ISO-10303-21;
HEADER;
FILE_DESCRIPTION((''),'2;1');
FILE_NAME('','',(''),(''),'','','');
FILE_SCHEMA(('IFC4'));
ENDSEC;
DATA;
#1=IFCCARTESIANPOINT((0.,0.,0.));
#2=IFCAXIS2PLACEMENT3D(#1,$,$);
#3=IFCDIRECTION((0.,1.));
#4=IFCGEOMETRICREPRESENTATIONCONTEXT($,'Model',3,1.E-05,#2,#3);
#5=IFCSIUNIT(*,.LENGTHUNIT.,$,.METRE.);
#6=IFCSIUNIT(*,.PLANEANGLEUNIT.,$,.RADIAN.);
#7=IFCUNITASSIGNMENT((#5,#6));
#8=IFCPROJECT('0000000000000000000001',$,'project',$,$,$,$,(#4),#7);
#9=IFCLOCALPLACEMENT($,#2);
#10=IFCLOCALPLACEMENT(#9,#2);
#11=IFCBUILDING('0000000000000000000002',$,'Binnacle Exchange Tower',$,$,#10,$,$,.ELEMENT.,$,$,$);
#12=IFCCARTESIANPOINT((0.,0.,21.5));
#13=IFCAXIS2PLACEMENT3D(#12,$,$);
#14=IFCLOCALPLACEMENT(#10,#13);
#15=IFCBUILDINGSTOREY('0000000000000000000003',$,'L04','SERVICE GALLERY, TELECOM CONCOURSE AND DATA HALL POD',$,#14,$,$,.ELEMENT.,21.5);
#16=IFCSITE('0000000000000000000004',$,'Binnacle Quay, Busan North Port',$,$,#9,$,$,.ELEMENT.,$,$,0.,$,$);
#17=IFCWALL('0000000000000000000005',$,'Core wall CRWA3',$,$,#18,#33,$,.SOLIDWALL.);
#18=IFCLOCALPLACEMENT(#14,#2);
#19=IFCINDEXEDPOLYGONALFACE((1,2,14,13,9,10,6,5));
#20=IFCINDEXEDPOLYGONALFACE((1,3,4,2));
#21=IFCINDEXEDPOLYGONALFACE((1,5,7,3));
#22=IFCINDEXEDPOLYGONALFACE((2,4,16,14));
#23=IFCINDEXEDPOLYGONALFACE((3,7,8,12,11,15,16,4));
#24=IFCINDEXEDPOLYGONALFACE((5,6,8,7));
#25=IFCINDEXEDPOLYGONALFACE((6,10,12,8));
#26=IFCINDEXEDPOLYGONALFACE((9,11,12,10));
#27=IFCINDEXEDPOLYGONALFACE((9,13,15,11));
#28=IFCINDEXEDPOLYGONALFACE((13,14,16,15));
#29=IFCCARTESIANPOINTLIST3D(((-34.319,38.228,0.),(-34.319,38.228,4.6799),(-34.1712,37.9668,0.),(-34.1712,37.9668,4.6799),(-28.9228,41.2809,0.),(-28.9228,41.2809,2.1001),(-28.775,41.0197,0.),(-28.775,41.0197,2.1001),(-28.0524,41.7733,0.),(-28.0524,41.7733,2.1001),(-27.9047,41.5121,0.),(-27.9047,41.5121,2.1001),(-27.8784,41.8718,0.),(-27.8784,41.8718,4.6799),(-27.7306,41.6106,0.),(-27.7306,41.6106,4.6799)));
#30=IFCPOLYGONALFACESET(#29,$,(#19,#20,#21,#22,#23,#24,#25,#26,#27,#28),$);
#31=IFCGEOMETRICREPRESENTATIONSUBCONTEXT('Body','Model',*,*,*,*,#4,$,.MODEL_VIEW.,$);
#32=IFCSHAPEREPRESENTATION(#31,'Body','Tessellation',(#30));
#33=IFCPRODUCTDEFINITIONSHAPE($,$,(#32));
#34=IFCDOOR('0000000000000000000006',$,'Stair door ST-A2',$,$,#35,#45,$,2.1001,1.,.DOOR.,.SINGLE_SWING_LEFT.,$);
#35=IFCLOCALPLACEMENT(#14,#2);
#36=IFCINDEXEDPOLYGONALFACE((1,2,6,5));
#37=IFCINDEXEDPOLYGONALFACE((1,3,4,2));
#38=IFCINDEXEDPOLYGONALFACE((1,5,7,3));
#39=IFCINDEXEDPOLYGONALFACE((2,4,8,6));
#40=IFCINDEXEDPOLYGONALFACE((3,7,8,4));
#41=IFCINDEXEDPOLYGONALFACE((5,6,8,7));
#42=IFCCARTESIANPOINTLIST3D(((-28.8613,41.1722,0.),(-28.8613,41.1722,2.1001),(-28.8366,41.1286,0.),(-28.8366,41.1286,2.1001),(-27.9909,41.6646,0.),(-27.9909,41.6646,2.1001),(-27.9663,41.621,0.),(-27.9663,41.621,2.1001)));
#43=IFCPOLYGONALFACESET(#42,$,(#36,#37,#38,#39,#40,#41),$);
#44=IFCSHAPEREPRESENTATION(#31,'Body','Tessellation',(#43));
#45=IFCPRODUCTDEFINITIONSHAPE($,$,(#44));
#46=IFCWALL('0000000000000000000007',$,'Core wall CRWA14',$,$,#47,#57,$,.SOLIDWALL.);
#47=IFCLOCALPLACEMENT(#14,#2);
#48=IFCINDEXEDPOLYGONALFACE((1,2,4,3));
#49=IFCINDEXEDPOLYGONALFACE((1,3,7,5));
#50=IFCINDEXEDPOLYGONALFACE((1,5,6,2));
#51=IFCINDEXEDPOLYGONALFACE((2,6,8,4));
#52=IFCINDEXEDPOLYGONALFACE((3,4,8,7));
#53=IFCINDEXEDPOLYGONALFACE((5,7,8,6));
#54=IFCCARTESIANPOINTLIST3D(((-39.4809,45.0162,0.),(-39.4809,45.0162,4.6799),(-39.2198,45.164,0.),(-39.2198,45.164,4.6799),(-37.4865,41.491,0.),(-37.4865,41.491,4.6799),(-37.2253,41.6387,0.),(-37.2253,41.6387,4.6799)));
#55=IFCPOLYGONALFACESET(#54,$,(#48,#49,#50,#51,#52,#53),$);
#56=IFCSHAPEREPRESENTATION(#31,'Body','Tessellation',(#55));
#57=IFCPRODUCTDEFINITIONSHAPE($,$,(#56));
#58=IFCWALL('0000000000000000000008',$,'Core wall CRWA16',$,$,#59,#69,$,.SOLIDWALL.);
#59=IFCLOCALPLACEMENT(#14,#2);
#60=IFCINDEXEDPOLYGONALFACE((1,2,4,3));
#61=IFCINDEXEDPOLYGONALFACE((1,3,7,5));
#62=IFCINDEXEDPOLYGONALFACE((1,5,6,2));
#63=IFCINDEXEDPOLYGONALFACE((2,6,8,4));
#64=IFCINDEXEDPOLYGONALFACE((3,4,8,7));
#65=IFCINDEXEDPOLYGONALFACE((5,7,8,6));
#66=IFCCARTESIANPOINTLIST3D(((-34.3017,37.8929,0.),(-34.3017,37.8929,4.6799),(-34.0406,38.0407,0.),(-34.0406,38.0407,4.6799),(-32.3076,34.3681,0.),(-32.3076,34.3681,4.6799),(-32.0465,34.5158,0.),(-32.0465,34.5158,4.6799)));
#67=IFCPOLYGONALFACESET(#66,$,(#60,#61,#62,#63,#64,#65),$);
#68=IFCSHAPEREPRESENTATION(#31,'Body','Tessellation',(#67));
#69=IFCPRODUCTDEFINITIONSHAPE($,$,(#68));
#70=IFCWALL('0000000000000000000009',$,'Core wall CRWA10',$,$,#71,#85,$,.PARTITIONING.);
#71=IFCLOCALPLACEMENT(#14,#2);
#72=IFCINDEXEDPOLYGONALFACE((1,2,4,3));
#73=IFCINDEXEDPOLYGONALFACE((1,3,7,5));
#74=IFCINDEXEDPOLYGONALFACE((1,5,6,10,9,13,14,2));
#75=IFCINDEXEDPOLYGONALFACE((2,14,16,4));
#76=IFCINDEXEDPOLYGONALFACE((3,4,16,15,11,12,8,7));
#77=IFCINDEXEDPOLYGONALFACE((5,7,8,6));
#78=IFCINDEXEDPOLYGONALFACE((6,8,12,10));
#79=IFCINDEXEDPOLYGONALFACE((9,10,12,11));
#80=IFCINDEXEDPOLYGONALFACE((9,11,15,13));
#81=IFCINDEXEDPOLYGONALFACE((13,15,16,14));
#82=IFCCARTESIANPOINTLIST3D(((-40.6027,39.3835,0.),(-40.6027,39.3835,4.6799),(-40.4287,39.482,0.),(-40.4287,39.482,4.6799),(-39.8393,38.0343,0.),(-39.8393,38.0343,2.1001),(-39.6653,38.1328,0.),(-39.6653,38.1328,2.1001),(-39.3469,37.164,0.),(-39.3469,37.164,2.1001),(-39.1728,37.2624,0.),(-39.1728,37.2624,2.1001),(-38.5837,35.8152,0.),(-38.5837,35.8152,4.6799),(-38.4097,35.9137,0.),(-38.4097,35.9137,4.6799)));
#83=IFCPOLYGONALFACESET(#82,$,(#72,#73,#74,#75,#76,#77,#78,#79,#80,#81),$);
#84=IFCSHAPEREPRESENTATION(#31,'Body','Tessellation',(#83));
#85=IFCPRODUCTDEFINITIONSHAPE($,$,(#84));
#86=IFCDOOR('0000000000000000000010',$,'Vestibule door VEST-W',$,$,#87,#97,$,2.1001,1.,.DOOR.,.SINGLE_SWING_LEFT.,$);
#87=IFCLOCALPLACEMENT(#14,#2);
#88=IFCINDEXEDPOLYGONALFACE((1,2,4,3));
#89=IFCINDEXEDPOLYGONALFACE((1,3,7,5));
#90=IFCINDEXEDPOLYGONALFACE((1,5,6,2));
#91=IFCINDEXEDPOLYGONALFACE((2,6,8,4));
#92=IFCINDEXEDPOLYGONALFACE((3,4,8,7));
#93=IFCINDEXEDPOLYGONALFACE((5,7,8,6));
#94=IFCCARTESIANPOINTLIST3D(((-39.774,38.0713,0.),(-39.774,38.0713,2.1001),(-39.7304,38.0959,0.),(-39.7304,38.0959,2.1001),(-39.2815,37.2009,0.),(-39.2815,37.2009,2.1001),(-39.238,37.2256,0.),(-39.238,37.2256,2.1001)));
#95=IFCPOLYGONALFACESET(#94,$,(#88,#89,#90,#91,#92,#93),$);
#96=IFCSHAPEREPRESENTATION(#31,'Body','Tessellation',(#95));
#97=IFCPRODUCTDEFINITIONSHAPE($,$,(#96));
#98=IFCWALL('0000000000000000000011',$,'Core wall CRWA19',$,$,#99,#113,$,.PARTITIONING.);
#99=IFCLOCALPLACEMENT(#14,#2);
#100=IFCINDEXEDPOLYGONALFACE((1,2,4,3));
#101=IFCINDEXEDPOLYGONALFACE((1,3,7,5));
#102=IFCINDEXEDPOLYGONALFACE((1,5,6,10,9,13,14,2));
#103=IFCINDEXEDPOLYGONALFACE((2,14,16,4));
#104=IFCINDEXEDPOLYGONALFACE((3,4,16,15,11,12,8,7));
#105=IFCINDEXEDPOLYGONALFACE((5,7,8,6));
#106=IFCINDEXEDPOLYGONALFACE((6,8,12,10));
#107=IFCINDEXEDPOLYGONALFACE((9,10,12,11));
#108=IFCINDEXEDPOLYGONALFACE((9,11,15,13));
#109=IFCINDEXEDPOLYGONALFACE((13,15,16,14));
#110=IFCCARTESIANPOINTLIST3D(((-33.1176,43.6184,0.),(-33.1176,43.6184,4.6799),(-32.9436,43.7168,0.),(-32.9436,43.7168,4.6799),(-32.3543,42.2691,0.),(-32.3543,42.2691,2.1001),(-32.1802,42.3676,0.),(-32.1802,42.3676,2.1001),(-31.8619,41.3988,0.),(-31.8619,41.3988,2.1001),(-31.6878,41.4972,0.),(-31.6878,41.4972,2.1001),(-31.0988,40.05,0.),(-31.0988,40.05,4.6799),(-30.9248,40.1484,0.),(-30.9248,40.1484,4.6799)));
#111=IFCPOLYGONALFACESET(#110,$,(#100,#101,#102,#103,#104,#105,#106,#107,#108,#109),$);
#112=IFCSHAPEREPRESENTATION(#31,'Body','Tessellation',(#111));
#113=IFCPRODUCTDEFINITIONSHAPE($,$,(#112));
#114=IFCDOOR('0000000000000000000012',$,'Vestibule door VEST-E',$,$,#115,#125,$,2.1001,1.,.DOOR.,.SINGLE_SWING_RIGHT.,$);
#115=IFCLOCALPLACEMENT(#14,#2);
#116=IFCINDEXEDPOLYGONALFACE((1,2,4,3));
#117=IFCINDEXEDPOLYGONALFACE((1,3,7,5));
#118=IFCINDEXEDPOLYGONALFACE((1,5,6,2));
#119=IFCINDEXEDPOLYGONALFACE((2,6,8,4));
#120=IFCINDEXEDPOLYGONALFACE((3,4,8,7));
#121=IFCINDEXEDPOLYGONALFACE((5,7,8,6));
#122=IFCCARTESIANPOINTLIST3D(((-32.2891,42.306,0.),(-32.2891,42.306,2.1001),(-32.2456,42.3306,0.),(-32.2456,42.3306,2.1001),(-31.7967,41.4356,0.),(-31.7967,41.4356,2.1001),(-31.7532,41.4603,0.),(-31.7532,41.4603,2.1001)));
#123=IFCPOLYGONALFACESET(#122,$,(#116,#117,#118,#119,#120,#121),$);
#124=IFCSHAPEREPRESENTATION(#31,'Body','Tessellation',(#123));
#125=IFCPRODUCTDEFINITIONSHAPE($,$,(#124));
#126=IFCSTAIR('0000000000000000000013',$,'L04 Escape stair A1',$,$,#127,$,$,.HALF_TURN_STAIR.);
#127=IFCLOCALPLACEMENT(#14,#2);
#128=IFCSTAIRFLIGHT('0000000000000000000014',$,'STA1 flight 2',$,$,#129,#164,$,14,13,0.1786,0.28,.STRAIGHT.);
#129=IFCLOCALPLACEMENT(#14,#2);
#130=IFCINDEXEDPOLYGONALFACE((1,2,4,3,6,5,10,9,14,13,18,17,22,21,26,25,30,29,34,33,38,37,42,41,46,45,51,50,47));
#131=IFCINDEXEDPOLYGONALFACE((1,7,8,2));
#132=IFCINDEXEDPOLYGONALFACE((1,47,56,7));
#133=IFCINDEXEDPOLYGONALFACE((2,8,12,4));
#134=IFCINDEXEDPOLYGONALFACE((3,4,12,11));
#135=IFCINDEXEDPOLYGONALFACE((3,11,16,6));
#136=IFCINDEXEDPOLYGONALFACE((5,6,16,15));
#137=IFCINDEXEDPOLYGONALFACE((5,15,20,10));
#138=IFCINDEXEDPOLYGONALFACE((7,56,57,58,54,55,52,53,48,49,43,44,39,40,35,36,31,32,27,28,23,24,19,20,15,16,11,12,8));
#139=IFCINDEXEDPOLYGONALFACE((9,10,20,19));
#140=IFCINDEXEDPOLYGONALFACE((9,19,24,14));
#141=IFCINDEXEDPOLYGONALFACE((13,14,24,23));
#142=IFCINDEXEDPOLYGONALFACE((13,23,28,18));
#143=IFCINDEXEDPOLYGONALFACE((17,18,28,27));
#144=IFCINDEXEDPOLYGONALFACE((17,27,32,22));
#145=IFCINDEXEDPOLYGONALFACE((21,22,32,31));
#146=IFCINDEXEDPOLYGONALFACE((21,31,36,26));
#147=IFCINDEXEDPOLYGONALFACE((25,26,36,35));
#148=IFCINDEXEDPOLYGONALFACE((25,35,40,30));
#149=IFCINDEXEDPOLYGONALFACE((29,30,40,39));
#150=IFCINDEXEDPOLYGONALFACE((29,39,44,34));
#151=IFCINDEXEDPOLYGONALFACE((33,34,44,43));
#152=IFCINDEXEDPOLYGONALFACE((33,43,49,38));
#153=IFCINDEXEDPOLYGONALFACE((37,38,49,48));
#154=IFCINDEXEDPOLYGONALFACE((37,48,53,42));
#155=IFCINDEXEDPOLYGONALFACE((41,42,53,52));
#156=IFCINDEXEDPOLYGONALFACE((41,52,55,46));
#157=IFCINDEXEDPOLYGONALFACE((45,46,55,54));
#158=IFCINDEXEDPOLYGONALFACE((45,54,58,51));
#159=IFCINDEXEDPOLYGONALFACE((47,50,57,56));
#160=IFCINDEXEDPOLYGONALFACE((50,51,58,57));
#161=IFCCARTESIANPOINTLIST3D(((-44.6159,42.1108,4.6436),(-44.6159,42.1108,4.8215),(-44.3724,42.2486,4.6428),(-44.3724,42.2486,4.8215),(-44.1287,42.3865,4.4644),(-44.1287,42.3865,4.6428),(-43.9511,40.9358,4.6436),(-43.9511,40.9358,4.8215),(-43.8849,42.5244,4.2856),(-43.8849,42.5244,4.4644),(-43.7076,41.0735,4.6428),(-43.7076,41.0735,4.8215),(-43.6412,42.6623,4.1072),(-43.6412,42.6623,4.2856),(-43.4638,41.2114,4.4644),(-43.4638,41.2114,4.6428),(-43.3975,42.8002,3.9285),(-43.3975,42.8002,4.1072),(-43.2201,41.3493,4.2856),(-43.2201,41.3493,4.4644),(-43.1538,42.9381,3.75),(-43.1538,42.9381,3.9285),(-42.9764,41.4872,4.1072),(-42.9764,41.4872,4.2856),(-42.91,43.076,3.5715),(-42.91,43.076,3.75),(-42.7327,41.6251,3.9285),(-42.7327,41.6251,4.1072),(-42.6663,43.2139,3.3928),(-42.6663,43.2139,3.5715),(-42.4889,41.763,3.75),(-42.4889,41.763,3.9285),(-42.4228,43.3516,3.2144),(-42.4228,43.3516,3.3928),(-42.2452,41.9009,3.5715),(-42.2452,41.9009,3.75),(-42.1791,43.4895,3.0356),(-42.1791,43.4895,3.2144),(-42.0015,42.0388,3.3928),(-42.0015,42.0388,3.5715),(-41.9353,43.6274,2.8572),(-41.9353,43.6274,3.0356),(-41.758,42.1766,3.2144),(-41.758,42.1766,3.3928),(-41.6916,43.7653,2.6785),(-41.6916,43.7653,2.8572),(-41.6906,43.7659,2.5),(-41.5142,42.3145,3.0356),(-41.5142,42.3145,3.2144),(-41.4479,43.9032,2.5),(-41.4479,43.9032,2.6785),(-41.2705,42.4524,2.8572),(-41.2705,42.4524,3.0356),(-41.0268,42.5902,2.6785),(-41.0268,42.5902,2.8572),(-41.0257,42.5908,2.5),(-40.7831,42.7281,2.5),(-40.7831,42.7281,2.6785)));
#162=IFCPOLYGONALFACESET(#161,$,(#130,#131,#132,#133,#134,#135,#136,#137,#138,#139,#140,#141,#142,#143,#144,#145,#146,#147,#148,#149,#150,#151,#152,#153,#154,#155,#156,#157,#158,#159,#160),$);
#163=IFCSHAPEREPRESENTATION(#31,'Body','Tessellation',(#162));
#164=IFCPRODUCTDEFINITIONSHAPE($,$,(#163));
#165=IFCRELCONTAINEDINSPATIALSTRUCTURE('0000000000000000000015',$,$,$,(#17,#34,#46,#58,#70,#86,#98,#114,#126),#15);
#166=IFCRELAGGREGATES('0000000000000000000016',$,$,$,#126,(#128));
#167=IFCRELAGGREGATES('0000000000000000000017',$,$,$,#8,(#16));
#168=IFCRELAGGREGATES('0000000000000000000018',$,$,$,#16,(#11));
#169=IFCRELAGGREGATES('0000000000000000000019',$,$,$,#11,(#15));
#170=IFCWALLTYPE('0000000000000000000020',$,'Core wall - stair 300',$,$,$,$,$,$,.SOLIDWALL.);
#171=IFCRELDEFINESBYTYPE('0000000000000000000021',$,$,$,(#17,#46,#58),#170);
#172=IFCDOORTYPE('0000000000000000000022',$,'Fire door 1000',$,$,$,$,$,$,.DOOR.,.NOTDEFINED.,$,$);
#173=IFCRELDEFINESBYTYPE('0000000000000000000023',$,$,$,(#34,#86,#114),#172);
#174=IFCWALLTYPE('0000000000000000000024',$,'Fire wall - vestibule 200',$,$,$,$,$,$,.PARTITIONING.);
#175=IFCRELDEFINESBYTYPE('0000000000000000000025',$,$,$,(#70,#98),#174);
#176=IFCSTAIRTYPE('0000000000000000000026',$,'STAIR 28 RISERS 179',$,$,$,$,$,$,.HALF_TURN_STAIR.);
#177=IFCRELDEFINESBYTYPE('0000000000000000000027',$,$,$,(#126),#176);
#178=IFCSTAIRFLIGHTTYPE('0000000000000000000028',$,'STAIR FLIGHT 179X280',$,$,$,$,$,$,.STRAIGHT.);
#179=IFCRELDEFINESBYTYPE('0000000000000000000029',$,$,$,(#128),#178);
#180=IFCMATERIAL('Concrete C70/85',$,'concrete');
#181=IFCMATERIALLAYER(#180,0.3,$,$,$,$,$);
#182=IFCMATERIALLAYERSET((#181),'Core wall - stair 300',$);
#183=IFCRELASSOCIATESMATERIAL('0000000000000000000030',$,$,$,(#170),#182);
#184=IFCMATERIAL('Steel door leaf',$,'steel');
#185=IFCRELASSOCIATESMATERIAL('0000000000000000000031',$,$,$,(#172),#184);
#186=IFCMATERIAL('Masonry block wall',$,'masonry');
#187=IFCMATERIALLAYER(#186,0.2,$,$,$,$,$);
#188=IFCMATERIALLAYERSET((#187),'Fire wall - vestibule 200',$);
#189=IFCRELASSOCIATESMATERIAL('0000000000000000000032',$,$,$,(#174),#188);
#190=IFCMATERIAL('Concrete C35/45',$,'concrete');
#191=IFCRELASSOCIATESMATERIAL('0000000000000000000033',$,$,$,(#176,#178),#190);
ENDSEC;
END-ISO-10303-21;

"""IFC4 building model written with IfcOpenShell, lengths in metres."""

from ifc_helpers import new_model, si_unit, direction, frame, frame_2d, origin, place, context, subcontext, project, spatial, polyline, rectangle, outline, extrude, material, layer, layer_set, type_object, element, fill, aggregate, save


model = new_model("IFC4")

# Units and contexts
model_context = context("Model", 3, precision=1e-05, world=origin(), true_north=direction((0.0, 1.0)))
body_context = subcontext(model_context, "Body", "Model", "MODEL_VIEW")
ifc_project = project(units=[si_unit("LENGTHUNIT", "METRE"), si_unit("PLANEANGLEUNIT", "RADIAN")], contexts=[model_context])

# Site, building, storey
site_placement = place(None, origin())
site = spatial("IfcSite", under=ifc_project, at=site_placement, Name="Binnacle Quay, Busan North Port", CompositionType="ELEMENT", RefElevation=0.0)
building_placement = place(site_placement, origin())
building = spatial("IfcBuilding", under=site, at=building_placement, Name="Binnacle Exchange Tower", CompositionType="ELEMENT")
storey_placement = place(building_placement, frame((0.0, 0.0, 21.5)))
storey = spatial("IfcBuildingStorey", under=building, at=storey_placement, Name="L04", Description="SERVICE GALLERY, TELECOM CONCOURSE AND DATA HALL POD", CompositionType="ELEMENT", Elevation=21.5)

# Shared definitions
ifc_material_1 = material(Name="Concrete C70/85", Category="concrete")

# Shared definitions
ifc_material_2 = material(Name="Steel door leaf", Category="steel")

# Wall, opening, door
ifc_layer_1 = layer(ifc_material_1, 0.3)
ifc_layer_set_1 = layer_set([ifc_layer_1], Name="Core wall - stair 300")
wall_type_1 = type_object("IfcWallType", Name="Core wall - stair 300", PredefinedType="SOLIDWALL", material=ifc_layer_set_1)
wall_1_placement = place(storey_placement, frame((-34.2451, 38.0974, 0.0), z_axis=(0.0, 0.0, 1.0), x_axis=(0.870365, 0.492407, 0.0)))
wall_1 = element("IfcWall", 1, at=wall_1_placement, inside=storey, type_object=wall_type_1, Name="Core wall CRWA3", PredefinedType="SOLIDWALL", context=body_context, shape_type="SweptSolid", body=[
    extrude(rectangle(XDim=7.3999, YDim=0.3, at=frame_2d((3.7, 0.0))), origin(), (0.0, 0.0, 1.0), 4.6799),
])
opening_1_placement = place(wall_1_placement, frame((6.2, 0.0, 0.0)))
opening_1 = element("IfcOpeningElement", 2, at=opening_1_placement, cuts=wall_1, PredefinedType="OPENING", context=body_context, shape_type="SweptSolid", body=[
    extrude(rectangle(XDim=1.0, YDim=2.1001, at=frame_2d((0.5, 1.05))), frame((0.0, 0.1599, 0.0), z_axis=(0.0, -1.0, 0.0), x_axis=(1.0, 0.0, 0.0)), (0.0, 0.0, 1.0), 0.3201),
])
door_type_1 = type_object("IfcDoorType", Name="Fire door 1000", OperationType="NOTDEFINED", PredefinedType="DOOR", material=ifc_material_2)
door_1_placement = place(opening_1_placement, frame((1.0, 0.0, 0.0), z_axis=(0.0, 0.0, 1.0), x_axis=(-1.0, 0.0, 0.0)))
door_1 = element("IfcDoor", 3, at=door_1_placement, inside=storey, type_object=door_type_1, Name="Stair door ST-A2", OperationType="SINGLE_SWING_LEFT", OverallHeight=2.1001, OverallWidth=1.0, PredefinedType="DOOR", context=body_context, shape_type="SweptSolid", body=[
    extrude(rectangle(XDim=1.0, YDim=2.1001, at=frame_2d((0.5, 1.05))), frame((0.0, 0.0249, 0.0), z_axis=(0.0, -1.0, 0.0), x_axis=(1.0, 0.0, 0.0)), (0.0, 0.0, 1.0), 0.05),
])
fill(opening_1, door_1)

# Walls
wall_2_placement = place(storey_placement, frame((-39.3503, 45.0901, 0.0), z_axis=(0.0, 0.0, 1.0), x_axis=(0.492415, -0.870361, 0.0)))
element("IfcWall", 4, at=wall_2_placement, inside=storey, type_object=wall_type_1, Name="Core wall CRWA14", PredefinedType="SOLIDWALL", context=body_context, shape_type="SweptSolid", body=[
    extrude(rectangle(XDim=4.0503, YDim=0.3, at=frame_2d((2.0251, 0.0))), origin(), (0.0, 0.0, 1.0), 4.6799),
])
wall_3_placement = place(storey_placement, frame((-34.1711, 37.9668, 0.0), z_axis=(0.0, 0.0, 1.0), x_axis=(0.492395, -0.870372, 0.0)))
element("IfcWall", 5, at=wall_3_placement, inside=storey, type_object=wall_type_1, Name="Core wall CRWA16", PredefinedType="SOLIDWALL", context=body_context, shape_type="SweptSolid", body=[
    extrude(rectangle(XDim=4.0498, YDim=0.3, at=frame_2d((2.0249, 0.0))), origin(), (0.0, 0.0, 1.0), 4.6799),
])

# Walls, openings, doors
ifc_material_3 = material(Name="Masonry block wall", Category="masonry")
ifc_layer_2 = layer(ifc_material_3, 0.2)
ifc_layer_set_2 = layer_set([ifc_layer_2], Name="Fire wall - vestibule 200")
wall_type_2 = type_object("IfcWallType", Name="Fire wall - vestibule 200", PredefinedType="PARTITIONING", material=ifc_layer_set_2)
wall_4_placement = place(storey_placement, frame((-40.5156, 39.4326, 0.0), z_axis=(0.0, 0.0, 1.0), x_axis=(0.492454, -0.870339, 0.0)))
wall_4 = element("IfcWall", 6, at=wall_4_placement, inside=storey, type_object=wall_type_2, Name="Core wall CRWA10", PredefinedType="PARTITIONING", context=body_context, shape_type="SweptSolid", body=[
    extrude(rectangle(XDim=4.0999, YDim=0.2, at=frame_2d((2.0498, 0.0))), origin(), (0.0, 0.0, 1.0), 4.6799),
])
opening_2_placement = place(wall_4_placement, frame((1.55, 0.0, 0.0)))
opening_2 = element("IfcOpeningElement", 7, at=opening_2_placement, cuts=wall_4, PredefinedType="OPENING", context=body_context, shape_type="SweptSolid", body=[
    extrude(rectangle(XDim=1.0, YDim=2.1001, at=frame_2d((0.5, 1.05))), frame((0.0, 0.1099, 0.0), z_axis=(0.0, -1.0, 0.0), x_axis=(1.0, 0.0, 0.0)), (0.0, 0.0, 1.0), 0.22),
])
door_2_placement = place(opening_2_placement, frame((1.0, 0.0, 0.0), z_axis=(0.0, 0.0, 1.0), x_axis=(-1.0, 0.0, 0.0)))
door_2 = element("IfcDoor", 8, at=door_2_placement, inside=storey, type_object=door_type_1, Name="Vestibule door VEST-W", OperationType="SINGLE_SWING_LEFT", OverallHeight=2.1001, OverallWidth=1.0, PredefinedType="DOOR", context=body_context, shape_type="SweptSolid", body=[
    extrude(rectangle(XDim=1.0, YDim=2.1001, at=frame_2d((0.5, 1.05))), frame((0.0, 0.0249, 0.0), z_axis=(0.0, -1.0, 0.0), x_axis=(1.0, 0.0, 0.0)), (0.0, 0.0, 1.0), 0.05),
])
fill(opening_2, door_2)
wall_5_placement = place(storey_placement, frame((-33.0305, 43.6675, 0.0), z_axis=(0.0, 0.0, 1.0), x_axis=(0.492408, -0.870364, 0.0)))
wall_5 = element("IfcWall", 9, at=wall_5_placement, inside=storey, type_object=wall_type_2, Name="Core wall CRWA19", PredefinedType="PARTITIONING", context=body_context, shape_type="SweptSolid", body=[
    extrude(rectangle(XDim=4.0999, YDim=0.2, at=frame_2d((2.0498, 0.0))), origin(), (0.0, 0.0, 1.0), 4.6799),
])
opening_3_placement = place(wall_5_placement, frame((1.55, 0.0, 0.0)))
opening_3 = element("IfcOpeningElement", 10, at=opening_3_placement, cuts=wall_5, PredefinedType="OPENING", context=body_context, shape_type="SweptSolid", body=[
    extrude(rectangle(XDim=1.0, YDim=2.1001, at=frame_2d((0.5, 1.05))), frame((0.0, 0.1099, 0.0), z_axis=(0.0, -1.0, 0.0), x_axis=(1.0, 0.0, 0.0)), (0.0, 0.0, 1.0), 0.22),
])
door_3_placement = place(opening_3_placement, origin())
door_3 = element("IfcDoor", 11, at=door_3_placement, inside=storey, type_object=door_type_1, Name="Vestibule door VEST-E", OperationType="SINGLE_SWING_RIGHT", OverallHeight=2.1001, OverallWidth=1.0, PredefinedType="DOOR", context=body_context, shape_type="SweptSolid", body=[
    extrude(rectangle(XDim=1.0, YDim=2.1001, at=frame_2d((0.5, 1.05))), frame((0.0, 0.0249, 0.0), z_axis=(0.0, -1.0, 0.0), x_axis=(1.0, 0.0, 0.0)), (0.0, 0.0, 1.0), 0.05),
])
fill(opening_3, door_3)

# Stair, stair flight
ifc_material_4 = material(Name="Concrete C35/45", Category="concrete")
stair_type = type_object("IfcStairType", Name="STAIR 28 RISERS 179", PredefinedType="HALF_TURN_STAIR", material=ifc_material_4)
stair_1_placement = place(storey_placement, origin())
stair_1 = element("IfcStair", 12, at=stair_1_placement, inside=storey, type_object=stair_type, Name="L04 Escape stair A1", PredefinedType="HALF_TURN_STAIR")
stair_flight_type = type_object("IfcStairFlightType", Name="STAIR FLIGHT 179X280", PredefinedType="STRAIGHT", material=ifc_material_4)
stair_flight_1_placement = place(storey_placement, frame((-41.1155, 43.3157, 2.5), z_axis=(0.0, 0.0, 1.0), x_axis=(-0.870356, -0.492424, 0.0)))
stair_flight_1 = element("IfcStairFlight", 13, at=stair_flight_1_placement, type_object=stair_flight_type, Name="STA1 flight 2", NumberOfRisers=14, NumberOfTreads=13, PredefinedType="STRAIGHT", RiserHeight=0.1786, TreadLength=0.28, context=body_context, shape_type="SweptSolid", body=[
    extrude(outline(polyline([(0.0, 0.0), (0.0, 0.1785), (0.28, 0.1785), (0.28, 0.3572), (0.5601, 0.3572), (0.5601, 0.5356), (0.8401, 0.5356), (0.8401, 0.7144), (1.1201, 0.7144), (1.1201, 0.8928), (1.3999, 0.8928), (1.3999, 1.0715), (1.6799, 1.0715), (1.6799, 1.25), (1.96, 1.25), (1.96, 1.4285), (2.24, 1.4285), (2.24, 1.6072), (2.52, 1.6072), (2.52, 1.7856), (2.8, 1.7856), (2.8, 1.9644), (3.0801, 1.9644), (3.0801, 2.1428), (3.3601, 2.1428), (3.3601, 2.3215), (3.6399, 2.3215), (3.6399, 2.5), (3.6399, 2.1436), (0.2788, 0.0), (0.0, 0.0)])), frame((0.0, 0.675, 0.0), z_axis=(0.0, -1.0, 0.0), x_axis=(1.0, 0.0, 0.0)), (0.0, 0.0, 1.0), 1.3501),
])
aggregate(stair_1, [stair_flight_1])

save(model, "model.ifc")
